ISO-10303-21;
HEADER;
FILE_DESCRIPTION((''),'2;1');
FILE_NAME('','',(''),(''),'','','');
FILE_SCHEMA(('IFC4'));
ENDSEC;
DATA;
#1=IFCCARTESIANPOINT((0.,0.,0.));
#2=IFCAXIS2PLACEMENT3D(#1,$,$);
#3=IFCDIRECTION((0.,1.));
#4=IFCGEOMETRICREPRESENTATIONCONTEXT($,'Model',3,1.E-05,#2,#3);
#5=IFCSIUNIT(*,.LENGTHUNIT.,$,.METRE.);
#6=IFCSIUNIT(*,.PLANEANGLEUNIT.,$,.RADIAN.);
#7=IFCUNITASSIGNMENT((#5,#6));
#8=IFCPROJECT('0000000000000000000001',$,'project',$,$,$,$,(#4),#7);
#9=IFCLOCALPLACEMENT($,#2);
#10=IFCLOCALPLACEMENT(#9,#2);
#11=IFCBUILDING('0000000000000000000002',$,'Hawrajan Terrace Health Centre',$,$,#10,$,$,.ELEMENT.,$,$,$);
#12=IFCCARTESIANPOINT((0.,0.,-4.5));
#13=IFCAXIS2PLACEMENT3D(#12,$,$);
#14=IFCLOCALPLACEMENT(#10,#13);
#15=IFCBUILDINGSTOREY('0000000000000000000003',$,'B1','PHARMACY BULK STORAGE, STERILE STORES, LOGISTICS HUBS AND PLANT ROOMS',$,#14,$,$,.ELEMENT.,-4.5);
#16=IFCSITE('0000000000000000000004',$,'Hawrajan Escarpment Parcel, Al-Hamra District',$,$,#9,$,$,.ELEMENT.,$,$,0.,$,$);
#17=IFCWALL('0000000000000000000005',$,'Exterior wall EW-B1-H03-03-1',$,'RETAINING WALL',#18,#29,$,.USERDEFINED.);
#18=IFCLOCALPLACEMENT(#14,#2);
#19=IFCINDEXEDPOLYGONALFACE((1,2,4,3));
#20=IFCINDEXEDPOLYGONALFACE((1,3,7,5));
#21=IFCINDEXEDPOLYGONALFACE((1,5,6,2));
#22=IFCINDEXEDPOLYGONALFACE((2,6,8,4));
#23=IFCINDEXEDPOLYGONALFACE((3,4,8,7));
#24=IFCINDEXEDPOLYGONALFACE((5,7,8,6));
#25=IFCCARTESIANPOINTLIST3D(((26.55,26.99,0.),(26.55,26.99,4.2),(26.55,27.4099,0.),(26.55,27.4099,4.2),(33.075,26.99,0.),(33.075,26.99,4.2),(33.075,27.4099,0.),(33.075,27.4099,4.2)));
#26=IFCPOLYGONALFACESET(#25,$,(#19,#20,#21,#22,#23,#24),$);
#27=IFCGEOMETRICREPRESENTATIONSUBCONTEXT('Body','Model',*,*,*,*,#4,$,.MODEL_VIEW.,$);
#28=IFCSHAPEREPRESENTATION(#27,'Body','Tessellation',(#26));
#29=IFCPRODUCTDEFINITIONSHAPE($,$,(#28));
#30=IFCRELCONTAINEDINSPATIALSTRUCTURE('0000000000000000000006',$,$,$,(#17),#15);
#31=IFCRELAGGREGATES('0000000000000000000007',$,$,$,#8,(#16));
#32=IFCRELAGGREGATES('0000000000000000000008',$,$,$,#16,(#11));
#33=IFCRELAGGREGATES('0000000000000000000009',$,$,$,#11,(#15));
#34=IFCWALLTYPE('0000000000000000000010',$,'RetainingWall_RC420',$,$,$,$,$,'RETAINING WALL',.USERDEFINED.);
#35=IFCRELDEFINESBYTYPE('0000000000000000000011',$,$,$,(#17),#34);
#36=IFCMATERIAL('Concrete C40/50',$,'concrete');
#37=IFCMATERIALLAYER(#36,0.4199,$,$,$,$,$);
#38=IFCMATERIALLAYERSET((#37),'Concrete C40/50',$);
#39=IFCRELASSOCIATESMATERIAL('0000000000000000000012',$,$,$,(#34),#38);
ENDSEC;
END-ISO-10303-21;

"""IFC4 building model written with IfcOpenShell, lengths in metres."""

from ifc_helpers import new_model, si_unit, direction, frame, frame_2d, origin, place, context, subcontext, project, spatial, rectangle, extrude, material, layer, layer_set, type_object, element, save


model = new_model("IFC4")

# Units and contexts
model_context = context("Model", 3, precision=1e-05, world=origin(), true_north=direction((0.0, 1.0)))
body_context = subcontext(model_context, "Body", "Model", "MODEL_VIEW")
ifc_project = project(units=[si_unit("LENGTHUNIT", "METRE"), si_unit("PLANEANGLEUNIT", "RADIAN")], contexts=[model_context])

# Site, building, storey
site_placement = place(None, origin())
site = spatial("IfcSite", under=ifc_project, at=site_placement, Name="Hawrajan Escarpment Parcel, Al-Hamra District", CompositionType="ELEMENT", RefElevation=0.0)
building_placement = place(site_placement, origin())
building = spatial("IfcBuilding", under=site, at=building_placement, Name="Hawrajan Terrace Health Centre", CompositionType="ELEMENT")
storey_placement = place(building_placement, frame((0.0, 0.0, -4.5)))
storey = spatial("IfcBuildingStorey", under=building, at=storey_placement, Name="B1", Description="PHARMACY BULK STORAGE, STERILE STORES, LOGISTICS HUBS AND PLANT ROOMS", CompositionType="ELEMENT", Elevation=-4.5)

# Shared definitions
ifc_material_1 = material(Name="Concrete C40/50", Category="concrete")

# Wall
ifc_layer_1 = layer(ifc_material_1, 0.4199)
ifc_layer_set_1 = layer_set([ifc_layer_1], Name="Concrete C40/50")
wall_type_1 = type_object("IfcWallType", Name="RetainingWall_RC420", ElementType="RETAINING WALL", PredefinedType="USERDEFINED", material=ifc_layer_set_1)
wall_1_placement = place(storey_placement, frame((26.55, 27.2, 0.0), z_axis=(0.0, 0.0, 1.0), x_axis=(1.0, 0.0, 0.0)))
element("IfcWall", 1, at=wall_1_placement, inside=storey, type_object=wall_type_1, Name="Exterior wall EW-B1-H03-03-1", ObjectType="RETAINING WALL", PredefinedType="USERDEFINED", context=body_context, shape_type="SweptSolid", body=[
    extrude(rectangle(XDim=6.5249, YDim=0.4199, at=frame_2d((3.2625, 0.0))), origin(), (0.0, 0.0, 1.0), 4.2),
])

save(model, "model.ifc")
